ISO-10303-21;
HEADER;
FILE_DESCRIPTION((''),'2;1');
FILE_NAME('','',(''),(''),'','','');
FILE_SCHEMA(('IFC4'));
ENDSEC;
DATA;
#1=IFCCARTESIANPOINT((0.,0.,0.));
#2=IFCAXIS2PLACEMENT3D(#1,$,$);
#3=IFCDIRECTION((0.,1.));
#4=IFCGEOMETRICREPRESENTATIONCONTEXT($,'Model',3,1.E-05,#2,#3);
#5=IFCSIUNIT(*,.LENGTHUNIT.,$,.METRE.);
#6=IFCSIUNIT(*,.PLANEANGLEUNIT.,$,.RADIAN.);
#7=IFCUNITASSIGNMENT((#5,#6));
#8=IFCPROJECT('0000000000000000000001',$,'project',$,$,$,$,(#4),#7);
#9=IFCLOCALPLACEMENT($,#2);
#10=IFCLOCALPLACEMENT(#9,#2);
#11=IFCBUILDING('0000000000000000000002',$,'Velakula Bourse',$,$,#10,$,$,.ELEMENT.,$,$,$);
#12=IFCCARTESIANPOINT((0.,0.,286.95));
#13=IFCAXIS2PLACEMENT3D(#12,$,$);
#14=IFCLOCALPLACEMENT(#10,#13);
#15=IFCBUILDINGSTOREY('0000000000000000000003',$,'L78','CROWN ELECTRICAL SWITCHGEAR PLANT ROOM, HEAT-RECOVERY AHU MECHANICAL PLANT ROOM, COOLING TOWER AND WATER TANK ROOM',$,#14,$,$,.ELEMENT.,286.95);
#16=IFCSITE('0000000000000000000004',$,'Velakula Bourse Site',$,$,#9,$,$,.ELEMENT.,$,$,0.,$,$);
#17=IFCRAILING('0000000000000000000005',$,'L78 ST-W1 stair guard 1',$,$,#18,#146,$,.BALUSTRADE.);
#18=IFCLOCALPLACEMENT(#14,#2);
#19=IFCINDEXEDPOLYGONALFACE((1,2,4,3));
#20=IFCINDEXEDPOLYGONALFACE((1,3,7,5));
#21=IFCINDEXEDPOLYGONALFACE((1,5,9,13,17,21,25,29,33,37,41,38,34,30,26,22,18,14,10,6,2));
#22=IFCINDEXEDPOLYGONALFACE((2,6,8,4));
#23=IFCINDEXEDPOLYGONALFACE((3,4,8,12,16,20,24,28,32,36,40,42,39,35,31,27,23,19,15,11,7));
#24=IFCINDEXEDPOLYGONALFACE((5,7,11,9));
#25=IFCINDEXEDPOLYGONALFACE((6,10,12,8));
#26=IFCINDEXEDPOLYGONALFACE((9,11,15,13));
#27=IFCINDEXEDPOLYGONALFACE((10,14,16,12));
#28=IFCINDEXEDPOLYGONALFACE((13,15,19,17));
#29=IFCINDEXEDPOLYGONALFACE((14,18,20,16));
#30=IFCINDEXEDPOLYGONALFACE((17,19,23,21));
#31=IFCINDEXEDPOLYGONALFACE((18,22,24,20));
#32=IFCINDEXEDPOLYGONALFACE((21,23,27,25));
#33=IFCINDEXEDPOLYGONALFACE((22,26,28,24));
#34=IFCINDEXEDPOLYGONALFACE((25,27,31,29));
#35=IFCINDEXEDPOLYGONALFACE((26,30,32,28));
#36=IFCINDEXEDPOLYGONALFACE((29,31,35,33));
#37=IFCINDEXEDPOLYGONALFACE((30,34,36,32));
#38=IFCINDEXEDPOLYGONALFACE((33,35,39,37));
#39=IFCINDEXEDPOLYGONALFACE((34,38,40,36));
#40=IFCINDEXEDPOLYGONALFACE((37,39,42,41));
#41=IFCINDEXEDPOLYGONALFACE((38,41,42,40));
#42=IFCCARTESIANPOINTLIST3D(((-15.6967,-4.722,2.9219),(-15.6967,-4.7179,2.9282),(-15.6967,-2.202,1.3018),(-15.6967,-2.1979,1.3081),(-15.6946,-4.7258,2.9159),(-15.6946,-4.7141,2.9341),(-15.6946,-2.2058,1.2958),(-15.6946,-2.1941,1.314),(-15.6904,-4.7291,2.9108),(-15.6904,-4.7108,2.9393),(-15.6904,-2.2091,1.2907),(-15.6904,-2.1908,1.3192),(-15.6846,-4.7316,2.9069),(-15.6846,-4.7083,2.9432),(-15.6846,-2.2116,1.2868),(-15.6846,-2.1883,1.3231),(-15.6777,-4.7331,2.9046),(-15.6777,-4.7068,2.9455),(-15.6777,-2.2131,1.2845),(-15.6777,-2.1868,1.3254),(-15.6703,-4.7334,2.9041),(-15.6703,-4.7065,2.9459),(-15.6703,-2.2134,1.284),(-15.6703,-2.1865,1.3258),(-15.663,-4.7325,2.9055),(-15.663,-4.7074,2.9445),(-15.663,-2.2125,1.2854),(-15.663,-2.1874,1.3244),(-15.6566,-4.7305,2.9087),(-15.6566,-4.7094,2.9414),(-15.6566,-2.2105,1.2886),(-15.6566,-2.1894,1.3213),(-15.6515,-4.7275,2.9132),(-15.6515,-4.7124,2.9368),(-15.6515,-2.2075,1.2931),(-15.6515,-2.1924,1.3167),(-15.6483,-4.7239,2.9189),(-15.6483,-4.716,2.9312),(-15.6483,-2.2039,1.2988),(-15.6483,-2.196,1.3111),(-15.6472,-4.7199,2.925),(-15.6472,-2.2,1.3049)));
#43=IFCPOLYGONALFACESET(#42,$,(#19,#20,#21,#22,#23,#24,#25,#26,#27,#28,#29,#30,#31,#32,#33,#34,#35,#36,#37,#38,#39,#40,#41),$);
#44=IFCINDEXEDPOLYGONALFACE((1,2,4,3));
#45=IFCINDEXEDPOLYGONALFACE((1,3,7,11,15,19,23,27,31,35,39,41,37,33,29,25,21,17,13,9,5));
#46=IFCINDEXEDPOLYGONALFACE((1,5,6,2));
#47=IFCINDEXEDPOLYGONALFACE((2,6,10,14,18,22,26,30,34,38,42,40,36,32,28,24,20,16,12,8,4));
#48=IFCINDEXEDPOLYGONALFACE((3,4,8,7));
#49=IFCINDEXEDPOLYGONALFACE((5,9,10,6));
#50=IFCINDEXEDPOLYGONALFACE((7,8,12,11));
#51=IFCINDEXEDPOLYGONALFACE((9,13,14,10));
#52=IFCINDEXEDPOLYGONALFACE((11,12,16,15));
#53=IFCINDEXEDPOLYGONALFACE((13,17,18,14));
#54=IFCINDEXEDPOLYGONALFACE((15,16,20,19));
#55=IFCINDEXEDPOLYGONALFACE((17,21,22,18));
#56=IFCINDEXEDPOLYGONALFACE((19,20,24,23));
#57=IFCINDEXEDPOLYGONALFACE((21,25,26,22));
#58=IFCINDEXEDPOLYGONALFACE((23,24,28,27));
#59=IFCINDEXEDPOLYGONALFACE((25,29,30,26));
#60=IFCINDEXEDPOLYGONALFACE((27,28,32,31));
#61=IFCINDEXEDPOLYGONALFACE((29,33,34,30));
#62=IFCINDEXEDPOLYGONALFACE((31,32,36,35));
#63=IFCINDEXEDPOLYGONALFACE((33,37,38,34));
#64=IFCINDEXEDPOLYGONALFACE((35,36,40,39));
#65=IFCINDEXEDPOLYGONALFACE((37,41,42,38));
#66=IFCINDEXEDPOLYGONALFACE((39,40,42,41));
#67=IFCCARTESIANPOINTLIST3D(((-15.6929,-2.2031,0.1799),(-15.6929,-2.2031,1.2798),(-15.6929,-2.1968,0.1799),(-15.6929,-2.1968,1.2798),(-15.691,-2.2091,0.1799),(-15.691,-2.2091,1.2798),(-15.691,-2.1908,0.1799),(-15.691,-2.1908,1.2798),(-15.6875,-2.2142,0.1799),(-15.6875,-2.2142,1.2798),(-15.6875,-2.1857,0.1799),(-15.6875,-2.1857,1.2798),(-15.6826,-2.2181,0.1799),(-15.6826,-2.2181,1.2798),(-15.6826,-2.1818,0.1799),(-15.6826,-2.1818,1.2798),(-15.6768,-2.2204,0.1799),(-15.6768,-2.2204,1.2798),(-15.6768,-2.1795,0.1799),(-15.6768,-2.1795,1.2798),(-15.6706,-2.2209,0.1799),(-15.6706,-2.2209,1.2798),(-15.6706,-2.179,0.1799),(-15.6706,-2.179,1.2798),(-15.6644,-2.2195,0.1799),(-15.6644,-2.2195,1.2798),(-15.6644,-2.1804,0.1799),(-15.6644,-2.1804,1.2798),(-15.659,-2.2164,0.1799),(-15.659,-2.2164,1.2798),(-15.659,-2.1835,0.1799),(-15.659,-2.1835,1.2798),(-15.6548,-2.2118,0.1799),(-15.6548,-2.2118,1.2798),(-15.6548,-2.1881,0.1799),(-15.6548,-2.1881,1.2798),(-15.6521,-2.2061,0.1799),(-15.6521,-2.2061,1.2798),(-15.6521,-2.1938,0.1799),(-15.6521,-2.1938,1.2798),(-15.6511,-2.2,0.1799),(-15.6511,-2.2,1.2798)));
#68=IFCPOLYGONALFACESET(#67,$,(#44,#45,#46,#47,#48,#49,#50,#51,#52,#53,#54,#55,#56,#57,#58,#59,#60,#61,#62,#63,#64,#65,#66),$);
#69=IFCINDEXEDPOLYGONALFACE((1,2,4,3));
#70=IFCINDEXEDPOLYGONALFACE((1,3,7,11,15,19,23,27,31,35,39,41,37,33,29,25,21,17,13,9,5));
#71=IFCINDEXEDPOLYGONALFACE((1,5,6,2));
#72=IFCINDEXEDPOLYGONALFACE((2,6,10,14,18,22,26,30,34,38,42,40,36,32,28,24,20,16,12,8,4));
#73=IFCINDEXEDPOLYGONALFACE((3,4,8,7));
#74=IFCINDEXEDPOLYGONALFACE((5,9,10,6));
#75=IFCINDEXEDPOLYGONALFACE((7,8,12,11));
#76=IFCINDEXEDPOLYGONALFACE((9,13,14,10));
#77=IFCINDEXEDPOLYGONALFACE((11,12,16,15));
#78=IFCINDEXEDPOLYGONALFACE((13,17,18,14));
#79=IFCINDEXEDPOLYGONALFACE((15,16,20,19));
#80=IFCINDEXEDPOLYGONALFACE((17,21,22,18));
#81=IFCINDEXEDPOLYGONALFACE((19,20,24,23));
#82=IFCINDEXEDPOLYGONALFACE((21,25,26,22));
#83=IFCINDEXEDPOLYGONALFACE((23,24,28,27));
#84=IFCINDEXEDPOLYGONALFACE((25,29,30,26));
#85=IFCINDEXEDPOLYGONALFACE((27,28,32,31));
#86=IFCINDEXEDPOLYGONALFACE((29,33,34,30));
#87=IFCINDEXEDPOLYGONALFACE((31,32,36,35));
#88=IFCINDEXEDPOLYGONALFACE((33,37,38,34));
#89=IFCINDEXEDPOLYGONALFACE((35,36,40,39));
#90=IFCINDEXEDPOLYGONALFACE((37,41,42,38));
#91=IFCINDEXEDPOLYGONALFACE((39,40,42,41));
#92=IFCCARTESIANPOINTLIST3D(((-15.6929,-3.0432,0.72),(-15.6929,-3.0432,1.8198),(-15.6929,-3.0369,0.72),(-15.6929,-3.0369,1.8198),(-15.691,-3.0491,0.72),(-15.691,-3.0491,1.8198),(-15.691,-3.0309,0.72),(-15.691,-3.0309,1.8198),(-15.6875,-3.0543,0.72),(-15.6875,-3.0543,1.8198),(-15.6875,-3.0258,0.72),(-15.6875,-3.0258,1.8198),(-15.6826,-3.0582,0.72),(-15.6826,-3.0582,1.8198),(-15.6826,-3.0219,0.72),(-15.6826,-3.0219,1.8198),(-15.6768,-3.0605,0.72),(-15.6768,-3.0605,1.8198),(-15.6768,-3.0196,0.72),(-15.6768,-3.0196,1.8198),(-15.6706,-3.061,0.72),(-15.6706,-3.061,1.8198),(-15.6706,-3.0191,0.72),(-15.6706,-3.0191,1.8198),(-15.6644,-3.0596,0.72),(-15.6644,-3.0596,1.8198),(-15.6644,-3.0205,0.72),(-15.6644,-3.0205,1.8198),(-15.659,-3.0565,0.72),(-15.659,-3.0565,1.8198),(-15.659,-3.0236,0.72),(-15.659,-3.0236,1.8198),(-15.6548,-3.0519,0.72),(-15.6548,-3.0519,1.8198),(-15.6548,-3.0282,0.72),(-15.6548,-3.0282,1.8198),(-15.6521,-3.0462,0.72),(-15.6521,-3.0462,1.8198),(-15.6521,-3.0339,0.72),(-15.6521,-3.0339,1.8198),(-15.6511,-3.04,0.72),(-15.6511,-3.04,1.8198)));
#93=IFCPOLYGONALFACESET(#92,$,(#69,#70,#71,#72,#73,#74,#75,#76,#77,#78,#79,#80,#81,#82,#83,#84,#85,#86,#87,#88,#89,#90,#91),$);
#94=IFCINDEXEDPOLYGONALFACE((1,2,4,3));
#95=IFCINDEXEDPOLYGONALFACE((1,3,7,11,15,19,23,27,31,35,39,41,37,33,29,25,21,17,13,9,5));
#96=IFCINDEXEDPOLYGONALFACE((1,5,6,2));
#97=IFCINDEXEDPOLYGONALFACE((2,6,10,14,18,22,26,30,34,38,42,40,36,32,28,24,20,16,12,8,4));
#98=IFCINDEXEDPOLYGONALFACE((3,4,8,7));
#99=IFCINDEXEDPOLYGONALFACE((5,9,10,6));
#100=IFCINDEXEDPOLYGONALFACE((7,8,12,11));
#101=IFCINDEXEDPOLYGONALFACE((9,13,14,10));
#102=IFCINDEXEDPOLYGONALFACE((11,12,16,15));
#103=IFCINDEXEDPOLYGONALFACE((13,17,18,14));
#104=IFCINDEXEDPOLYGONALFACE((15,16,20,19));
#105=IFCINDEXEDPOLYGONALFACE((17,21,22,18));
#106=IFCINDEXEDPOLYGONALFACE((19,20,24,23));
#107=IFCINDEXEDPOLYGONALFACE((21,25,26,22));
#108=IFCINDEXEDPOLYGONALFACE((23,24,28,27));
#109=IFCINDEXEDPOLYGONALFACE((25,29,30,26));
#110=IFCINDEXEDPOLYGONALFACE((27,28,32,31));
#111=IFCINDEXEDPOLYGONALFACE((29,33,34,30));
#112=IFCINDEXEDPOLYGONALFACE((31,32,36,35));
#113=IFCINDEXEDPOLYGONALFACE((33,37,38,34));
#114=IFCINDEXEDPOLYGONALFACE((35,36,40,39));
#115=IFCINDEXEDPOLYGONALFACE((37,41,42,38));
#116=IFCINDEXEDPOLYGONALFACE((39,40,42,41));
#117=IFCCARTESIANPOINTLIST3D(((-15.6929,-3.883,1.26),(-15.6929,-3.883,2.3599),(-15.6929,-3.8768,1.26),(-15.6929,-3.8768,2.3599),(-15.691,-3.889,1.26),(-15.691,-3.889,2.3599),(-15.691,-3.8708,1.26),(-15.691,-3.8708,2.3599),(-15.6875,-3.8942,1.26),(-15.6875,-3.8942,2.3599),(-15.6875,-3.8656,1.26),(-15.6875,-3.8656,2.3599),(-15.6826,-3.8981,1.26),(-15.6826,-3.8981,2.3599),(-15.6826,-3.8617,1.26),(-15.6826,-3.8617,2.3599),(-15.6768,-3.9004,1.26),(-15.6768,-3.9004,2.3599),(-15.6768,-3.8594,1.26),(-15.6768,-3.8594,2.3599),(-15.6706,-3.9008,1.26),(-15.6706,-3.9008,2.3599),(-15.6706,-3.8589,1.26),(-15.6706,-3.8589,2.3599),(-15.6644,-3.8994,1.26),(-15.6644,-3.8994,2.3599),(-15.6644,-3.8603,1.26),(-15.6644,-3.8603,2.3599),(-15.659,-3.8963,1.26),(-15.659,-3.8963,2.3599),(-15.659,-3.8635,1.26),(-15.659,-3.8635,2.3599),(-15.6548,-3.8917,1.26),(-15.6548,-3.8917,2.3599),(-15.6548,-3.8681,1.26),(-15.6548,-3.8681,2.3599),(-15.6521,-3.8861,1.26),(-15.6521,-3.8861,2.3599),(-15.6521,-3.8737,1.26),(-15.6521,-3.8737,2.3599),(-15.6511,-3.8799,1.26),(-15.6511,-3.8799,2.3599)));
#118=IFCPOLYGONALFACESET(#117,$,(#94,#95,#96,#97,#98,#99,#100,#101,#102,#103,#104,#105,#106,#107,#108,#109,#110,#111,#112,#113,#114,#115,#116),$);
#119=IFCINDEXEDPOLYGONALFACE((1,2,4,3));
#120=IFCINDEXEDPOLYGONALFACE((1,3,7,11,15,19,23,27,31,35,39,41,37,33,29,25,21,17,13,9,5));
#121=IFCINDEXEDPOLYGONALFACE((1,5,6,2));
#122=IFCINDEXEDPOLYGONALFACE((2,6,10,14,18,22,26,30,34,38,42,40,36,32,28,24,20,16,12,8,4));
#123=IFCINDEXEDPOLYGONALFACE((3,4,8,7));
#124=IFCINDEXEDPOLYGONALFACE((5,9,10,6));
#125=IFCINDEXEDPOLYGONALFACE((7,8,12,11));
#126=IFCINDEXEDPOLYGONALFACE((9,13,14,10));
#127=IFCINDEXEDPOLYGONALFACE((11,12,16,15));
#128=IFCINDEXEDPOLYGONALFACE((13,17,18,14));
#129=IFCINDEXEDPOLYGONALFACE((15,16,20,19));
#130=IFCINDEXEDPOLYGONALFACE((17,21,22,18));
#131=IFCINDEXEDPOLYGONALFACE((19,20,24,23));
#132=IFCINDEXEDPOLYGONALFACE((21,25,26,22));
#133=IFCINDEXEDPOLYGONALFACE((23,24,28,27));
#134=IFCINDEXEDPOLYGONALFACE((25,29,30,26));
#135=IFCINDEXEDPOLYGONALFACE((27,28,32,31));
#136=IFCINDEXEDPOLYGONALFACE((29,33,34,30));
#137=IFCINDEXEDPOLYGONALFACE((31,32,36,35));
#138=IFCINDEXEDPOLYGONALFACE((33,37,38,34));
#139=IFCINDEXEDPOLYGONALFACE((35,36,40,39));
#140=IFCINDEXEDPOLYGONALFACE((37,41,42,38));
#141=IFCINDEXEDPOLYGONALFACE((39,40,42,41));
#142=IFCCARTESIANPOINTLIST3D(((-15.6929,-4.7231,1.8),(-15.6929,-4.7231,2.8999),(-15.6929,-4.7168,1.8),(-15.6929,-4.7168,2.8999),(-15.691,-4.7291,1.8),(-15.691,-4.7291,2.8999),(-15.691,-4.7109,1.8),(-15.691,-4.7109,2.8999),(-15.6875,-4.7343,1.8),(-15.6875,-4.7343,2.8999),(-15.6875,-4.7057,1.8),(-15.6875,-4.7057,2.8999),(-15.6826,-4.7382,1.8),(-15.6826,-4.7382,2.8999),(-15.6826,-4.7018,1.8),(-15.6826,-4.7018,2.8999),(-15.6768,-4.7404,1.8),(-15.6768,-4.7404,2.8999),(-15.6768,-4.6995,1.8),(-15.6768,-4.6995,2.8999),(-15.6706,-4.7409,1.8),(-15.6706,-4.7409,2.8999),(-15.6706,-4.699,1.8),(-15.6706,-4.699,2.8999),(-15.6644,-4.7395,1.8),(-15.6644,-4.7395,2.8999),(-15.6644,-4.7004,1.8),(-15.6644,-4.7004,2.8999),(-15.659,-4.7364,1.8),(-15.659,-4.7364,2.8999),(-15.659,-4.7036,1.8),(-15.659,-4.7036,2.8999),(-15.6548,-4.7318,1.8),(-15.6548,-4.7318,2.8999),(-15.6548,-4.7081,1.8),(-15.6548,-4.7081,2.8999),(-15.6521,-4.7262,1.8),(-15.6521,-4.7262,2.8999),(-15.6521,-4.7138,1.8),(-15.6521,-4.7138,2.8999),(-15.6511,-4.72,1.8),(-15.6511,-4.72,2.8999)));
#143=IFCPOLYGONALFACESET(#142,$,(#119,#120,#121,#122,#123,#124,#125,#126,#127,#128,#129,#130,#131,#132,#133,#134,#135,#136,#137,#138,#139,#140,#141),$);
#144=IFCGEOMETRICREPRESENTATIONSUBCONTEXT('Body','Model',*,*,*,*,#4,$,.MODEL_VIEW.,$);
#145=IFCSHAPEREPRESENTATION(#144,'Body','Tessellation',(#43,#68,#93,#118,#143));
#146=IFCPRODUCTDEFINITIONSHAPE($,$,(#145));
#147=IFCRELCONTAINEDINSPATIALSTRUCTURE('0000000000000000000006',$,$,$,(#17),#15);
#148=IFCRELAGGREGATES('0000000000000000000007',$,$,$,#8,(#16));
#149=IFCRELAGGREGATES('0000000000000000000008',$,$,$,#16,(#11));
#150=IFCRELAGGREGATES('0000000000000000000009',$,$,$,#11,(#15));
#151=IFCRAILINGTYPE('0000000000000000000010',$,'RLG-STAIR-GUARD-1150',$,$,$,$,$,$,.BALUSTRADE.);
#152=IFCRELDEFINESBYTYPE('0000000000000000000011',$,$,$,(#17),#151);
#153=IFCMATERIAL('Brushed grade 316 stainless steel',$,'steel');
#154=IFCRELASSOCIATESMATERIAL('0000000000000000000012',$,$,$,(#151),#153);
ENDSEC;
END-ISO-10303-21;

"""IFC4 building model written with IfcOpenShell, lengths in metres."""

from ifc_helpers import new_model, si_unit, direction, frame, origin, origin_2d, place, context, subcontext, project, spatial, circle, extrude, material, type_object, element, save


model = new_model("IFC4")

# Units and contexts
model_context = context("Model", 3, precision=1e-05, world=origin(), true_north=direction((0.0, 1.0)))
body_context = subcontext(model_context, "Body", "Model", "MODEL_VIEW")
ifc_project = project(units=[si_unit("LENGTHUNIT", "METRE"), si_unit("PLANEANGLEUNIT", "RADIAN")], contexts=[model_context])

# Site, building, storey
site_placement = place(None, origin())
site = spatial("IfcSite", under=ifc_project, at=site_placement, Name="Velakula Bourse Site", CompositionType="ELEMENT", RefElevation=0.0)
building_placement = place(site_placement, origin())
building = spatial("IfcBuilding", under=site, at=building_placement, Name="Velakula Bourse", CompositionType="ELEMENT")
storey_placement = place(building_placement, frame((0.0, 0.0, 286.95)))
storey = spatial("IfcBuildingStorey", under=building, at=storey_placement, Name="L78", Description="CROWN ELECTRICAL SWITCHGEAR PLANT ROOM, HEAT-RECOVERY AHU MECHANICAL PLANT ROOM, COOLING TOWER AND WATER TANK ROOM", CompositionType="ELEMENT", Elevation=286.95)

# Railing
ifc_material_1 = material(Name="Brushed grade 316 stainless steel", Category="steel")
railing_type_1 = type_object("IfcRailingType", Name="RLG-STAIR-GUARD-1150", PredefinedType="BALUSTRADE", material=ifc_material_1)
railing_1_placement = place(storey_placement, frame((-15.6721, -2.2, 0.1799)))
element("IfcRailing", 1, at=railing_1_placement, inside=storey, type_object=railing_type_1, Name="L78 ST-W1 stair guard 1", PredefinedType="BALUSTRADE", context=body_context, shape_type="SweptSolid", body=[
    extrude(circle(Radius=0.0249, at=origin_2d()), frame((0.0, 0.0, 1.125), z_axis=(0.0, -0.841163, 0.540782), x_axis=(1.0, 0.0, 0.0)), (0.0, 0.0, 1.0), 2.9958),
    extrude(circle(Radius=0.021, at=origin_2d()), origin(), (0.0, 0.0, 1.0), 1.0999),
    extrude(circle(Radius=0.021, at=origin_2d()), frame((0.0, -0.8401, 0.54)), (0.0, 0.0, 1.0), 1.0999),
    extrude(circle(Radius=0.021, at=origin_2d()), frame((0.0, -1.6799, 1.0801)), (0.0, 0.0, 1.0), 1.0999),
    extrude(circle(Radius=0.021, at=origin_2d()), frame((0.0, -2.52, 1.6201)), (0.0, 0.0, 1.0), 1.0999),
])

save(model, "model.ifc")
